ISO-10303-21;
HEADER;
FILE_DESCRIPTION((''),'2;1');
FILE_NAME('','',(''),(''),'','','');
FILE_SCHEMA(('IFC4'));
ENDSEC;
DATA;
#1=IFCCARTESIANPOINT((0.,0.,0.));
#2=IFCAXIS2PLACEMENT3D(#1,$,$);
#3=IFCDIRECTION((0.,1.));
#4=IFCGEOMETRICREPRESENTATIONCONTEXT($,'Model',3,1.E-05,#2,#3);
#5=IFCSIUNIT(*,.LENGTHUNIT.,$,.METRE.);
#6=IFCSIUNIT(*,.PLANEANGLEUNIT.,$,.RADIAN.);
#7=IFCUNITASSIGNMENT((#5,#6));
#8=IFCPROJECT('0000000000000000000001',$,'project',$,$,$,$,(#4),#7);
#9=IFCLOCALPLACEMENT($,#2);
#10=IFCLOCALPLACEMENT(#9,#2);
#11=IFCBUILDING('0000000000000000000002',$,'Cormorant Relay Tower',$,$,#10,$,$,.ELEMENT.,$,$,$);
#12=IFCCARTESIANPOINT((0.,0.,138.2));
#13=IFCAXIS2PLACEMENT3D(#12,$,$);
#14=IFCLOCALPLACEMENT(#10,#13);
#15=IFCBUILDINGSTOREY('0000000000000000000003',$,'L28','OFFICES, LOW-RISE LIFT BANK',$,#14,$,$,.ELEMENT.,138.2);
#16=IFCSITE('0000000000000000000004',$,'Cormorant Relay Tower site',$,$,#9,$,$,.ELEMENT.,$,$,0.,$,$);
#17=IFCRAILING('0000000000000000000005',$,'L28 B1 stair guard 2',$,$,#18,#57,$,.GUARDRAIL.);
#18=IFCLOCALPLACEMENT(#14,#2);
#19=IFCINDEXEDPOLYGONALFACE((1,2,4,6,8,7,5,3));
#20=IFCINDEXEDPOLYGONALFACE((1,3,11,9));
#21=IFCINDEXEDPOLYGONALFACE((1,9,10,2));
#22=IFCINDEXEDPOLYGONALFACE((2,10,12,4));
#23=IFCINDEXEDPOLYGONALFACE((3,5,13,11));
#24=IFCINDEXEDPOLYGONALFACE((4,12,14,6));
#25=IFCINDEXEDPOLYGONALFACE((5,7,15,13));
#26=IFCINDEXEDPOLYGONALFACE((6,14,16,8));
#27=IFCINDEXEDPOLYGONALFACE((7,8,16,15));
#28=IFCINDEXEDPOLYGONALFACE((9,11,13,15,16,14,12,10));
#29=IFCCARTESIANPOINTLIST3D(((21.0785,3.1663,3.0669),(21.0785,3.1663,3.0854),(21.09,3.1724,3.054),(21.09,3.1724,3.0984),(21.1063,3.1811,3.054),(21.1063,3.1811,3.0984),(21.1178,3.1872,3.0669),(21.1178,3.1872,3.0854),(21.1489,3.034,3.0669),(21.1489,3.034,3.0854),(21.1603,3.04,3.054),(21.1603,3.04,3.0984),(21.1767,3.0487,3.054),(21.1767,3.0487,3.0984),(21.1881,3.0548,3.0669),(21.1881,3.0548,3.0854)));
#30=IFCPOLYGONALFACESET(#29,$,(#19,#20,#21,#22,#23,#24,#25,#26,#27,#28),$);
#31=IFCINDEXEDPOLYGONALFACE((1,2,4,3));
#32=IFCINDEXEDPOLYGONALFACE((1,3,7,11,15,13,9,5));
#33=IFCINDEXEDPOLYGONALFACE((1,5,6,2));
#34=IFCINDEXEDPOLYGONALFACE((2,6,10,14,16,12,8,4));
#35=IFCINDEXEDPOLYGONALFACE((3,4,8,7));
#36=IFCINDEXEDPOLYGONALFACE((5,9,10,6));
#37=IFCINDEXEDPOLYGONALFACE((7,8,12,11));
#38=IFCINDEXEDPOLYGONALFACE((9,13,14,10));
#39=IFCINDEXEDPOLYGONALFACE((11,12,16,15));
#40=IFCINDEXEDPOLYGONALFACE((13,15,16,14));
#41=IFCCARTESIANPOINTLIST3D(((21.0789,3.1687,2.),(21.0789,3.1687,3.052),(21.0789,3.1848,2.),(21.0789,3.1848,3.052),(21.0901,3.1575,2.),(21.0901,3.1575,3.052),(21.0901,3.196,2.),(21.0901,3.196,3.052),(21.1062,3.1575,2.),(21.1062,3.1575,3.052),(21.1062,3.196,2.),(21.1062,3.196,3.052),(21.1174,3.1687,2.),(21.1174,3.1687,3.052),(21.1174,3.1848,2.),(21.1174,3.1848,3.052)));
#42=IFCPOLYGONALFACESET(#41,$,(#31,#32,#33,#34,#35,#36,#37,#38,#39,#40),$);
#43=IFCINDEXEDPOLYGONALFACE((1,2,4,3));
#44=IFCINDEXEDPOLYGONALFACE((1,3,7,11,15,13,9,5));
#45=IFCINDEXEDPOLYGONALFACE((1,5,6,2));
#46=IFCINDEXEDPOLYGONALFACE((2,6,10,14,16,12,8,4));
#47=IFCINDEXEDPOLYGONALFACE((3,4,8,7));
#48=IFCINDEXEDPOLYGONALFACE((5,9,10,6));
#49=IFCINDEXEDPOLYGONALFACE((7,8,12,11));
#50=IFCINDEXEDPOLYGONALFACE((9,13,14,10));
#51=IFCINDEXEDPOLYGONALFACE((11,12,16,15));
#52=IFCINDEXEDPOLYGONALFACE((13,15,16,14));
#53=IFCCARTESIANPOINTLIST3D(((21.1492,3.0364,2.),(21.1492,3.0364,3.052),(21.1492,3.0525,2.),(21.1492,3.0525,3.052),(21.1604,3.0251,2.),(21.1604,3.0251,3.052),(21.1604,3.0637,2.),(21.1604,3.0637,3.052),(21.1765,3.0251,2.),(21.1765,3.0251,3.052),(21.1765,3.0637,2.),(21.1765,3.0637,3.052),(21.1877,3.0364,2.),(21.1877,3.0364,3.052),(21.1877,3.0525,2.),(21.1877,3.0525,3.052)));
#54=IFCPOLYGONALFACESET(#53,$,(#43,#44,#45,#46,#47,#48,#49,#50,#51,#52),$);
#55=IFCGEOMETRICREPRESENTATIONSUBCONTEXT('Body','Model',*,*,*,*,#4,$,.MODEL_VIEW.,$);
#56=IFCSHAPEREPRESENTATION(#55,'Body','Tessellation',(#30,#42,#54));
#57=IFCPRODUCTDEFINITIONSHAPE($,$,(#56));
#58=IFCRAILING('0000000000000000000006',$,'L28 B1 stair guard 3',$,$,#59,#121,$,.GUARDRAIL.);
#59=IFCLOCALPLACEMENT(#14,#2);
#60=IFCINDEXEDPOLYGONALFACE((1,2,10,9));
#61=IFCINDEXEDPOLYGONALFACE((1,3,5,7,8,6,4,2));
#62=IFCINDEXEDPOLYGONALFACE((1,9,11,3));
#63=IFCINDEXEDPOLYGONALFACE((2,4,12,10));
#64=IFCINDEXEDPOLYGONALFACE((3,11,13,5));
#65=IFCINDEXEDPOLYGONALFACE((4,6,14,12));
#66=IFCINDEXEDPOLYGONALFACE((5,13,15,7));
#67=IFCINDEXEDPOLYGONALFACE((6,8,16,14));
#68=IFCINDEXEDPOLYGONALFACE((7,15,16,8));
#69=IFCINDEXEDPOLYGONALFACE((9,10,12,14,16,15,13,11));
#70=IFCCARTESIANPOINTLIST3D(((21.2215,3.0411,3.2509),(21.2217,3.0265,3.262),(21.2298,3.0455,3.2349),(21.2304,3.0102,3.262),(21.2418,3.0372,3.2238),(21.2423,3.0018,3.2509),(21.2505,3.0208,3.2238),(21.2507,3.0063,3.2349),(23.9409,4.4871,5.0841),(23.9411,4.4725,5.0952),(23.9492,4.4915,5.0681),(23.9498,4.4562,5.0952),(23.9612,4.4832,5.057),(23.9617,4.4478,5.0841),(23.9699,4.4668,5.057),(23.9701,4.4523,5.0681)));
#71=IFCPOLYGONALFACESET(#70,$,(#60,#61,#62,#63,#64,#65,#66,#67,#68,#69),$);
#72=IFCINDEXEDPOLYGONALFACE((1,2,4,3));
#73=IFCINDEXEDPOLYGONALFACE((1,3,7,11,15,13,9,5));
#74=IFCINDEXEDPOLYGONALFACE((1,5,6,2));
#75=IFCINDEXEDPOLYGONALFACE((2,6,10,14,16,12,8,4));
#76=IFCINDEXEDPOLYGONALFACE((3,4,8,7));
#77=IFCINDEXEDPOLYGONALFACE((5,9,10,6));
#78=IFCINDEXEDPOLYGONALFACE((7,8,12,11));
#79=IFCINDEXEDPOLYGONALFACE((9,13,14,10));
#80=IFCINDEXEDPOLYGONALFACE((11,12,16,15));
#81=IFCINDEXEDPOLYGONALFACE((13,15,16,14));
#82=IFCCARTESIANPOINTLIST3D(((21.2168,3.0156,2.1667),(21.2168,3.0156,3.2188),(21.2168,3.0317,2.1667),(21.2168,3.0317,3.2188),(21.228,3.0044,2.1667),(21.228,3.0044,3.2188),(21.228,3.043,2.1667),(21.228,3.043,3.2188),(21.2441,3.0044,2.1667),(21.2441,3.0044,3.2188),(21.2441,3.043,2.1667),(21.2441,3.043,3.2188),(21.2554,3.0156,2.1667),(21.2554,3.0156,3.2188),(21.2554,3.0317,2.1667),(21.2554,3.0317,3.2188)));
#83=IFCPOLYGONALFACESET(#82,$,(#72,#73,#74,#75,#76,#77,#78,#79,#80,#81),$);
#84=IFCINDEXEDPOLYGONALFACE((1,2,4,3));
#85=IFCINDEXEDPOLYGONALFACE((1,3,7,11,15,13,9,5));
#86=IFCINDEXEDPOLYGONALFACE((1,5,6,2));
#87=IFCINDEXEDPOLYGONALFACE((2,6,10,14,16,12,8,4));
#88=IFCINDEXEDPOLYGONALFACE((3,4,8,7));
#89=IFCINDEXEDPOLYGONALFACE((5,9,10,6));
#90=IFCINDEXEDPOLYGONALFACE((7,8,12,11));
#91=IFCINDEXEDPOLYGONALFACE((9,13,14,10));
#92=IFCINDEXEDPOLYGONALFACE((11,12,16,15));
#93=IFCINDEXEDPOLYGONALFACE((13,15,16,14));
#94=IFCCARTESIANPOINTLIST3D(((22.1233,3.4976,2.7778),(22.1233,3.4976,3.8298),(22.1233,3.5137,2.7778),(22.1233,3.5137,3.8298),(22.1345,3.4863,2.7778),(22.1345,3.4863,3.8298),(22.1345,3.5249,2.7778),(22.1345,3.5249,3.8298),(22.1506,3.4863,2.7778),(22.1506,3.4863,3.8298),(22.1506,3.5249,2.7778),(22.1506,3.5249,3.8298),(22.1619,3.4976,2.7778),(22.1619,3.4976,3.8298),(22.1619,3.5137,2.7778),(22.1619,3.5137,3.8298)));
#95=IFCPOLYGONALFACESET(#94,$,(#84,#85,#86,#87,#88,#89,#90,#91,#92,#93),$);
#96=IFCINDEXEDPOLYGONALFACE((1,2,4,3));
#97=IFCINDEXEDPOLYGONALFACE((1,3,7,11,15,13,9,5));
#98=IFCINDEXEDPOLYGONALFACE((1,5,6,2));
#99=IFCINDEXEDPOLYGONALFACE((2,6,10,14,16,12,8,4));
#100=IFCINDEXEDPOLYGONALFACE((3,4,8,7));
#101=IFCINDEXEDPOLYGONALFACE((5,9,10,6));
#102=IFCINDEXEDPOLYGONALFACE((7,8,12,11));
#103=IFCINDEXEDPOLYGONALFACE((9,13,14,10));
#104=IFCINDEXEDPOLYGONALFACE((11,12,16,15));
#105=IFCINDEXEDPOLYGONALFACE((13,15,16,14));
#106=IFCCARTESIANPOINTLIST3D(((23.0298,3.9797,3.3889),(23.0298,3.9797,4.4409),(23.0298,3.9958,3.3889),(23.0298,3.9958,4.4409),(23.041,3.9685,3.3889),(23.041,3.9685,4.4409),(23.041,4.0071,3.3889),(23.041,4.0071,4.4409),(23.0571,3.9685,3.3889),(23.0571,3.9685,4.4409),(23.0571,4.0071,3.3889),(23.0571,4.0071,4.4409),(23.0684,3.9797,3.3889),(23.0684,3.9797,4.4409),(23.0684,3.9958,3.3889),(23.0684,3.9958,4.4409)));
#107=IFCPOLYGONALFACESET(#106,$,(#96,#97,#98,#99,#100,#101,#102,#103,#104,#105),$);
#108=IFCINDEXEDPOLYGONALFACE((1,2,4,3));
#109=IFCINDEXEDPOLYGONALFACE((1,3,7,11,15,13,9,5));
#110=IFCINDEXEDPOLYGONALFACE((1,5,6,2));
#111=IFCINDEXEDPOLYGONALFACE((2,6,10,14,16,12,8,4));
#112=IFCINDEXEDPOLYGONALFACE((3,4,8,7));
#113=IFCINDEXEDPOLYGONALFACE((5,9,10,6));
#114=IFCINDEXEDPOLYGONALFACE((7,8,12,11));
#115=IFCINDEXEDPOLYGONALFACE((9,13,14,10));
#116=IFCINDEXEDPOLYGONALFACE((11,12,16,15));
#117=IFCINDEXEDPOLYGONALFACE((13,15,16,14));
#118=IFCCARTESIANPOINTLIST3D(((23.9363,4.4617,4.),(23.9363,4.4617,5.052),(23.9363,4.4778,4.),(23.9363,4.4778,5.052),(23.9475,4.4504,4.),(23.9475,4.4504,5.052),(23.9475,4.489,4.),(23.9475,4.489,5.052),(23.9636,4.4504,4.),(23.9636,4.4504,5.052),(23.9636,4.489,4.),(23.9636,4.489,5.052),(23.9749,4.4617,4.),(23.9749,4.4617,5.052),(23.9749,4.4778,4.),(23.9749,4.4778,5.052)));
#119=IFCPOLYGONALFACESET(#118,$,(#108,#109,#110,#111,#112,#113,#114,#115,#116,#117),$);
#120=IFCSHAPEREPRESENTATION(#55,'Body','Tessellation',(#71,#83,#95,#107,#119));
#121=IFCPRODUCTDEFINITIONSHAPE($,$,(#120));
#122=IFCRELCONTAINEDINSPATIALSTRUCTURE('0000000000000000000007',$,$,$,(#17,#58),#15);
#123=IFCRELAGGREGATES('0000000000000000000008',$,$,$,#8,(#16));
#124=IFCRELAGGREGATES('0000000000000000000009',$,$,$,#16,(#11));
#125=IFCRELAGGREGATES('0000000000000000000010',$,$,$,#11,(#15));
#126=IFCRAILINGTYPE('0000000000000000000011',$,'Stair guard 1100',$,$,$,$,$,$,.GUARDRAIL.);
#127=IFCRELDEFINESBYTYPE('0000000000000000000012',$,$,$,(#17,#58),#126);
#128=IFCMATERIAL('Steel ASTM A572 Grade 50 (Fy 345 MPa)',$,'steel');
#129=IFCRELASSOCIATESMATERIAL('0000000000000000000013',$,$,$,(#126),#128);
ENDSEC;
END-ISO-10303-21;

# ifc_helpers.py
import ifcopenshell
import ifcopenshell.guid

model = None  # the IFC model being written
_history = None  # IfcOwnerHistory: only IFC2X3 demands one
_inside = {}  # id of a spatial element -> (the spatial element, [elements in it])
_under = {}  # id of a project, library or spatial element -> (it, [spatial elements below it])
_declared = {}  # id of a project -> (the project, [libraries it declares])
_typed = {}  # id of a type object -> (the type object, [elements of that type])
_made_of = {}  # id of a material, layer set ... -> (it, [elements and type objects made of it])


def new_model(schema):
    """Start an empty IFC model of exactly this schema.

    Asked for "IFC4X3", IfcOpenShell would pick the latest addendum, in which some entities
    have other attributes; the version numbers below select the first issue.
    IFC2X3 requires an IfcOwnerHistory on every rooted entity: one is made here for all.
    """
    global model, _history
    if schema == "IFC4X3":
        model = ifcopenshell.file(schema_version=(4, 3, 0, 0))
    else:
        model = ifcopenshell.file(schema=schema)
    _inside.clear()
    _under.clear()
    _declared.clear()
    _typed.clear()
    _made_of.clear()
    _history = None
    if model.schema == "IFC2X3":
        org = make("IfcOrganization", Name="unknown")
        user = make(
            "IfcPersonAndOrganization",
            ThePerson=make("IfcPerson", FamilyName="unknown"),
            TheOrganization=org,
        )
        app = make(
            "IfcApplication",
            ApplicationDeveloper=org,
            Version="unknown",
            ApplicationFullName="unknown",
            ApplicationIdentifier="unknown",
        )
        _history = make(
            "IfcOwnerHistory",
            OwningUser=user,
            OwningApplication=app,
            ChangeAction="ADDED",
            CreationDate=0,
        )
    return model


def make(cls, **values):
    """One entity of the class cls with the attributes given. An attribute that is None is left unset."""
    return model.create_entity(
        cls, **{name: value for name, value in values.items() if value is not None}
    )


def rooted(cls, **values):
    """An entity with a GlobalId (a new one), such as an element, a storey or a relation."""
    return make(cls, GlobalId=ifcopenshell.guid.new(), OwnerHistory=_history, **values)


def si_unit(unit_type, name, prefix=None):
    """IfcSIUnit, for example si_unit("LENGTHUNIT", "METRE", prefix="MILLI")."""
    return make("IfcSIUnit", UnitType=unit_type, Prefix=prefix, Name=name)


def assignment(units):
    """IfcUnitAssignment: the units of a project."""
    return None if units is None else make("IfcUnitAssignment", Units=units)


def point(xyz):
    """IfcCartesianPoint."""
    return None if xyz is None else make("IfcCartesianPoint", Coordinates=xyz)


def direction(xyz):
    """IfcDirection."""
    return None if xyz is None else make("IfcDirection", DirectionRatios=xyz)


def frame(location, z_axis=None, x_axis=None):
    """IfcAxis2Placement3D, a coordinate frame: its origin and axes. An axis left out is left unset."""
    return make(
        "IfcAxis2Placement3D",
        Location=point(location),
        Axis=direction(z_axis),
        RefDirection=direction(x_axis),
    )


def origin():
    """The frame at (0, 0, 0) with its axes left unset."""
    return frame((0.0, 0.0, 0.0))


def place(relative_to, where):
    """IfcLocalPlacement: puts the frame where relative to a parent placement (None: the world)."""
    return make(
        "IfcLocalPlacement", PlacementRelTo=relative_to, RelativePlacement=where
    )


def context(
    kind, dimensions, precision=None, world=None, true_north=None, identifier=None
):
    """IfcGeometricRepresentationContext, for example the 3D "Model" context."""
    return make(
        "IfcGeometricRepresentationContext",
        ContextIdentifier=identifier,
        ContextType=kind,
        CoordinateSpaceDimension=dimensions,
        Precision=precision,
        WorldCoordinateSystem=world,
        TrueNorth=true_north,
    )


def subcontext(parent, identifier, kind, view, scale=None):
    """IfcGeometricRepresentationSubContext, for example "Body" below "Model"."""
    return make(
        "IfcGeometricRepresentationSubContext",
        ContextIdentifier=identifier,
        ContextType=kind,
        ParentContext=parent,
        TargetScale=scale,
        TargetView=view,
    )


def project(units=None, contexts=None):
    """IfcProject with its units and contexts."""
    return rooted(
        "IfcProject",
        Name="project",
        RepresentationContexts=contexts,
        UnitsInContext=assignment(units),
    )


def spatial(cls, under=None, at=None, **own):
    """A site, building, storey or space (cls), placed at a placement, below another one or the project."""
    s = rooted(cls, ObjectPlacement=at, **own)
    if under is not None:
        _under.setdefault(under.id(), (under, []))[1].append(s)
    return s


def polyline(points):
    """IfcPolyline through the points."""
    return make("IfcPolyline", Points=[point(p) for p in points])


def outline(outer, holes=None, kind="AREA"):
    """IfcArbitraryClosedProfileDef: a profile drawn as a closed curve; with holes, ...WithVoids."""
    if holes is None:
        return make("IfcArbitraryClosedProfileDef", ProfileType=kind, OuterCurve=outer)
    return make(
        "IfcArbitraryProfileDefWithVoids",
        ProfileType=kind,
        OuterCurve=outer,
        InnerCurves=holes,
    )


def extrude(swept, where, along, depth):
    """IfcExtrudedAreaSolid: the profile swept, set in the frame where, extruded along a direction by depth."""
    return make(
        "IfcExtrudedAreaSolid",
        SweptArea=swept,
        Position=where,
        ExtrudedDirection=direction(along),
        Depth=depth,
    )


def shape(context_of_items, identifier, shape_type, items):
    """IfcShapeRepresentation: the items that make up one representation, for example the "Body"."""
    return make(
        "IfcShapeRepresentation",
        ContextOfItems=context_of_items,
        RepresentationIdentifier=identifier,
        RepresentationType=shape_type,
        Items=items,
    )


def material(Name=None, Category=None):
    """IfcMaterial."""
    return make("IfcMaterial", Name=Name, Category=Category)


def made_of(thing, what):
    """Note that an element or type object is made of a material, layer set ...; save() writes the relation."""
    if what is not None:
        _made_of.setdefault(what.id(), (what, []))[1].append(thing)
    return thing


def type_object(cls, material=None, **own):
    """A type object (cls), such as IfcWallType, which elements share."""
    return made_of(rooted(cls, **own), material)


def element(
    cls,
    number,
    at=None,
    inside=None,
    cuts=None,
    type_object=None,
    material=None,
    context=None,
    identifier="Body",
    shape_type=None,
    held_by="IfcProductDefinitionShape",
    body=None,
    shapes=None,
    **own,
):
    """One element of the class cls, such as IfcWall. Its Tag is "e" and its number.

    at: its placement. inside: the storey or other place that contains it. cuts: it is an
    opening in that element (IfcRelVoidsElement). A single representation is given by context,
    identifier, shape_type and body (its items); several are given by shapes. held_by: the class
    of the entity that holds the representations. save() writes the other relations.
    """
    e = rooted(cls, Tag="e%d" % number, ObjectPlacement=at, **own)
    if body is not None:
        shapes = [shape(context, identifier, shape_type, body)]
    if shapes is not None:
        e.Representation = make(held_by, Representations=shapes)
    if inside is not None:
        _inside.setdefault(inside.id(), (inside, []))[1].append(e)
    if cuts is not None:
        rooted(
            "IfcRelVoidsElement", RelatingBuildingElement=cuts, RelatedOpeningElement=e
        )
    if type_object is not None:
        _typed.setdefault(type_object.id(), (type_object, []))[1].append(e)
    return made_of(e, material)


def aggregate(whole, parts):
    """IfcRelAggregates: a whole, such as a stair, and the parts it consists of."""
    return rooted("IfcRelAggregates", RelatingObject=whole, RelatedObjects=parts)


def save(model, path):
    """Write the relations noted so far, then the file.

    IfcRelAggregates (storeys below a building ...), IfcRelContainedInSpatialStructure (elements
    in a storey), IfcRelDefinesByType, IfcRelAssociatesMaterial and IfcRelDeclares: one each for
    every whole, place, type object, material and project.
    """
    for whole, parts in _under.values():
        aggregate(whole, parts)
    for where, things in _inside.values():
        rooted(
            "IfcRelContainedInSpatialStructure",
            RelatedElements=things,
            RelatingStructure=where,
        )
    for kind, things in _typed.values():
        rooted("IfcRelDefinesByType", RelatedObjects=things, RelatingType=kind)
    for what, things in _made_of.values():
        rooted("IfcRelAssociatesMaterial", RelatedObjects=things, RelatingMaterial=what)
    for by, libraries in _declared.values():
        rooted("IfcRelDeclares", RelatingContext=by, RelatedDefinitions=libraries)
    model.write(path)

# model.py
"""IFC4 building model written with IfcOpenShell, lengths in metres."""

from ifc_helpers import new_model, si_unit, direction, frame, origin, place, context, subcontext, project, spatial, polyline, outline, extrude, material, type_object, element, save


model = new_model("IFC4")

# Units and contexts
model_context = context("Model", 3, precision=1e-05, world=origin(), true_north=direction((0.0, 1.0)))
body_context = subcontext(model_context, "Body", "Model", "MODEL_VIEW")
ifc_project = project(units=[si_unit("LENGTHUNIT", "METRE"), si_unit("PLANEANGLEUNIT", "RADIAN")], contexts=[model_context])

# Site, building, storey
site_placement = place(None, origin())
site = spatial("IfcSite", under=ifc_project, at=site_placement, Name="Cormorant Relay Tower site", CompositionType="ELEMENT", RefElevation=0.0)
building_placement = place(site_placement, origin())
building = spatial("IfcBuilding", under=site, at=building_placement, Name="Cormorant Relay Tower", CompositionType="ELEMENT")
storey_placement = place(building_placement, frame((0.0, 0.0, 138.2)))
storey = spatial("IfcBuildingStorey", under=building, at=storey_placement, Name="L28", Description="OFFICES, LOW-RISE LIFT BANK", CompositionType="ELEMENT", Elevation=138.2)

# Railings
ifc_material_1 = material(Name="Steel ASTM A572 Grade 50 (Fy 345 MPa)", Category="steel")
railing_type = type_object("IfcRailingType", Name="Stair guard 1100", PredefinedType="GUARDRAIL", material=ifc_material_1)
railing_1_placement = place(storey_placement, frame((21.0981, 3.1768, 2.0)))
element("IfcRailing", 1, at=railing_1_placement, inside=storey, type_object=railing_type, Name="L28 B1 stair guard 2", PredefinedType="GUARDRAIL", context=body_context, shape_type="SweptSolid", body=[
    extrude(outline(polyline([(0.0222, 0.0093), (0.0093, 0.0222), (-0.0093, 0.0222), (-0.0222, 0.0093), (-0.0222, -0.0093), (-0.0093, -0.0222), (0.0093, -0.0222), (0.0222, -0.0093), (0.0222, 0.0093)])), frame((0.0, 0.0, 1.0762), z_axis=(0.469235, -0.883074, 0.0), x_axis=(0.883074, 0.469235, 0.0)), (0.0, 0.0, 1.0), 0.1499),
    extrude(outline(polyline([(0.0193, 0.0081), (0.0081, 0.0193), (-0.0081, 0.0193), (-0.0193, 0.0081), (-0.0193, -0.0081), (-0.0081, -0.0193), (0.0081, -0.0193), (0.0193, -0.0081), (0.0193, 0.0081)])), origin(), (0.0, 0.0, 1.0), 1.052),
    extrude(outline(polyline([(0.0193, 0.0081), (0.0081, 0.0193), (-0.0081, 0.0193), (-0.0193, 0.0081), (-0.0193, -0.0081), (-0.0081, -0.0193), (0.0081, -0.0193), (0.0193, -0.0081), (0.0193, 0.0081)])), frame((0.0703, -0.1323, 0.0)), (0.0, 0.0, 1.0), 1.052),
])
railing_2_placement = place(storey_placement, frame((21.2361, 3.0237, 2.1667)))
element("IfcRailing", 2, at=railing_2_placement, inside=storey, type_object=railing_type, Name="L28 B1 stair guard 3", PredefinedType="GUARDRAIL", context=body_context, shape_type="SweptSolid", body=[
    extrude(outline(polyline([(0.0222, 0.0093), (0.0093, 0.0222), (-0.0093, 0.0222), (-0.0222, 0.0093), (-0.0222, -0.0093), (-0.0093, -0.0222), (0.0093, -0.0222), (0.0222, -0.0093), (0.0222, 0.0093)])), frame((0.0, 0.0, 1.0762), z_axis=(0.758714, 0.403435, 0.511463), x_axis=(-0.469489, 0.882938, 0.0)), (0.0, 0.0, 1.0), 3.5842),
    extrude(outline(polyline([(0.0193, 0.0081), (0.0081, 0.0193), (-0.0081, 0.0193), (-0.0193, 0.0081), (-0.0193, -0.0081), (-0.0081, -0.0193), (0.0081, -0.0193), (0.0193, -0.0081), (0.0193, 0.0081)])), origin(), (0.0, 0.0, 1.0), 1.052),
    extrude(outline(polyline([(0.0193, 0.0081), (0.0081, 0.0193), (-0.0081, 0.0193), (-0.0193, 0.0081), (-0.0193, -0.0081), (-0.0081, -0.0193), (0.0081, -0.0193), (0.0193, -0.0081), (0.0193, 0.0081)])), frame((0.9065, 0.4819, 0.6111)), (0.0, 0.0, 1.0), 1.052),
    extrude(outline(polyline([(0.0193, 0.0081), (0.0081, 0.0193), (-0.0081, 0.0193), (-0.0193, 0.0081), (-0.0193, -0.0081), (-0.0081, -0.0193), (0.0081, -0.0193), (0.0193, -0.0081), (0.0193, 0.0081)])), frame((1.813, 0.9641, 1.2222)), (0.0, 0.0, 1.0), 1.052),
    extrude(outline(polyline([(0.0193, 0.0081), (0.0081, 0.0193), (-0.0081, 0.0193), (-0.0193, 0.0081), (-0.0193, -0.0081), (-0.0081, -0.0193), (0.0081, -0.0193), (0.0193, -0.0081), (0.0193, 0.0081)])), frame((2.7195, 1.446, 1.8333)), (0.0, 0.0, 1.0), 1.052),
])

save(model, "model.ifc")
